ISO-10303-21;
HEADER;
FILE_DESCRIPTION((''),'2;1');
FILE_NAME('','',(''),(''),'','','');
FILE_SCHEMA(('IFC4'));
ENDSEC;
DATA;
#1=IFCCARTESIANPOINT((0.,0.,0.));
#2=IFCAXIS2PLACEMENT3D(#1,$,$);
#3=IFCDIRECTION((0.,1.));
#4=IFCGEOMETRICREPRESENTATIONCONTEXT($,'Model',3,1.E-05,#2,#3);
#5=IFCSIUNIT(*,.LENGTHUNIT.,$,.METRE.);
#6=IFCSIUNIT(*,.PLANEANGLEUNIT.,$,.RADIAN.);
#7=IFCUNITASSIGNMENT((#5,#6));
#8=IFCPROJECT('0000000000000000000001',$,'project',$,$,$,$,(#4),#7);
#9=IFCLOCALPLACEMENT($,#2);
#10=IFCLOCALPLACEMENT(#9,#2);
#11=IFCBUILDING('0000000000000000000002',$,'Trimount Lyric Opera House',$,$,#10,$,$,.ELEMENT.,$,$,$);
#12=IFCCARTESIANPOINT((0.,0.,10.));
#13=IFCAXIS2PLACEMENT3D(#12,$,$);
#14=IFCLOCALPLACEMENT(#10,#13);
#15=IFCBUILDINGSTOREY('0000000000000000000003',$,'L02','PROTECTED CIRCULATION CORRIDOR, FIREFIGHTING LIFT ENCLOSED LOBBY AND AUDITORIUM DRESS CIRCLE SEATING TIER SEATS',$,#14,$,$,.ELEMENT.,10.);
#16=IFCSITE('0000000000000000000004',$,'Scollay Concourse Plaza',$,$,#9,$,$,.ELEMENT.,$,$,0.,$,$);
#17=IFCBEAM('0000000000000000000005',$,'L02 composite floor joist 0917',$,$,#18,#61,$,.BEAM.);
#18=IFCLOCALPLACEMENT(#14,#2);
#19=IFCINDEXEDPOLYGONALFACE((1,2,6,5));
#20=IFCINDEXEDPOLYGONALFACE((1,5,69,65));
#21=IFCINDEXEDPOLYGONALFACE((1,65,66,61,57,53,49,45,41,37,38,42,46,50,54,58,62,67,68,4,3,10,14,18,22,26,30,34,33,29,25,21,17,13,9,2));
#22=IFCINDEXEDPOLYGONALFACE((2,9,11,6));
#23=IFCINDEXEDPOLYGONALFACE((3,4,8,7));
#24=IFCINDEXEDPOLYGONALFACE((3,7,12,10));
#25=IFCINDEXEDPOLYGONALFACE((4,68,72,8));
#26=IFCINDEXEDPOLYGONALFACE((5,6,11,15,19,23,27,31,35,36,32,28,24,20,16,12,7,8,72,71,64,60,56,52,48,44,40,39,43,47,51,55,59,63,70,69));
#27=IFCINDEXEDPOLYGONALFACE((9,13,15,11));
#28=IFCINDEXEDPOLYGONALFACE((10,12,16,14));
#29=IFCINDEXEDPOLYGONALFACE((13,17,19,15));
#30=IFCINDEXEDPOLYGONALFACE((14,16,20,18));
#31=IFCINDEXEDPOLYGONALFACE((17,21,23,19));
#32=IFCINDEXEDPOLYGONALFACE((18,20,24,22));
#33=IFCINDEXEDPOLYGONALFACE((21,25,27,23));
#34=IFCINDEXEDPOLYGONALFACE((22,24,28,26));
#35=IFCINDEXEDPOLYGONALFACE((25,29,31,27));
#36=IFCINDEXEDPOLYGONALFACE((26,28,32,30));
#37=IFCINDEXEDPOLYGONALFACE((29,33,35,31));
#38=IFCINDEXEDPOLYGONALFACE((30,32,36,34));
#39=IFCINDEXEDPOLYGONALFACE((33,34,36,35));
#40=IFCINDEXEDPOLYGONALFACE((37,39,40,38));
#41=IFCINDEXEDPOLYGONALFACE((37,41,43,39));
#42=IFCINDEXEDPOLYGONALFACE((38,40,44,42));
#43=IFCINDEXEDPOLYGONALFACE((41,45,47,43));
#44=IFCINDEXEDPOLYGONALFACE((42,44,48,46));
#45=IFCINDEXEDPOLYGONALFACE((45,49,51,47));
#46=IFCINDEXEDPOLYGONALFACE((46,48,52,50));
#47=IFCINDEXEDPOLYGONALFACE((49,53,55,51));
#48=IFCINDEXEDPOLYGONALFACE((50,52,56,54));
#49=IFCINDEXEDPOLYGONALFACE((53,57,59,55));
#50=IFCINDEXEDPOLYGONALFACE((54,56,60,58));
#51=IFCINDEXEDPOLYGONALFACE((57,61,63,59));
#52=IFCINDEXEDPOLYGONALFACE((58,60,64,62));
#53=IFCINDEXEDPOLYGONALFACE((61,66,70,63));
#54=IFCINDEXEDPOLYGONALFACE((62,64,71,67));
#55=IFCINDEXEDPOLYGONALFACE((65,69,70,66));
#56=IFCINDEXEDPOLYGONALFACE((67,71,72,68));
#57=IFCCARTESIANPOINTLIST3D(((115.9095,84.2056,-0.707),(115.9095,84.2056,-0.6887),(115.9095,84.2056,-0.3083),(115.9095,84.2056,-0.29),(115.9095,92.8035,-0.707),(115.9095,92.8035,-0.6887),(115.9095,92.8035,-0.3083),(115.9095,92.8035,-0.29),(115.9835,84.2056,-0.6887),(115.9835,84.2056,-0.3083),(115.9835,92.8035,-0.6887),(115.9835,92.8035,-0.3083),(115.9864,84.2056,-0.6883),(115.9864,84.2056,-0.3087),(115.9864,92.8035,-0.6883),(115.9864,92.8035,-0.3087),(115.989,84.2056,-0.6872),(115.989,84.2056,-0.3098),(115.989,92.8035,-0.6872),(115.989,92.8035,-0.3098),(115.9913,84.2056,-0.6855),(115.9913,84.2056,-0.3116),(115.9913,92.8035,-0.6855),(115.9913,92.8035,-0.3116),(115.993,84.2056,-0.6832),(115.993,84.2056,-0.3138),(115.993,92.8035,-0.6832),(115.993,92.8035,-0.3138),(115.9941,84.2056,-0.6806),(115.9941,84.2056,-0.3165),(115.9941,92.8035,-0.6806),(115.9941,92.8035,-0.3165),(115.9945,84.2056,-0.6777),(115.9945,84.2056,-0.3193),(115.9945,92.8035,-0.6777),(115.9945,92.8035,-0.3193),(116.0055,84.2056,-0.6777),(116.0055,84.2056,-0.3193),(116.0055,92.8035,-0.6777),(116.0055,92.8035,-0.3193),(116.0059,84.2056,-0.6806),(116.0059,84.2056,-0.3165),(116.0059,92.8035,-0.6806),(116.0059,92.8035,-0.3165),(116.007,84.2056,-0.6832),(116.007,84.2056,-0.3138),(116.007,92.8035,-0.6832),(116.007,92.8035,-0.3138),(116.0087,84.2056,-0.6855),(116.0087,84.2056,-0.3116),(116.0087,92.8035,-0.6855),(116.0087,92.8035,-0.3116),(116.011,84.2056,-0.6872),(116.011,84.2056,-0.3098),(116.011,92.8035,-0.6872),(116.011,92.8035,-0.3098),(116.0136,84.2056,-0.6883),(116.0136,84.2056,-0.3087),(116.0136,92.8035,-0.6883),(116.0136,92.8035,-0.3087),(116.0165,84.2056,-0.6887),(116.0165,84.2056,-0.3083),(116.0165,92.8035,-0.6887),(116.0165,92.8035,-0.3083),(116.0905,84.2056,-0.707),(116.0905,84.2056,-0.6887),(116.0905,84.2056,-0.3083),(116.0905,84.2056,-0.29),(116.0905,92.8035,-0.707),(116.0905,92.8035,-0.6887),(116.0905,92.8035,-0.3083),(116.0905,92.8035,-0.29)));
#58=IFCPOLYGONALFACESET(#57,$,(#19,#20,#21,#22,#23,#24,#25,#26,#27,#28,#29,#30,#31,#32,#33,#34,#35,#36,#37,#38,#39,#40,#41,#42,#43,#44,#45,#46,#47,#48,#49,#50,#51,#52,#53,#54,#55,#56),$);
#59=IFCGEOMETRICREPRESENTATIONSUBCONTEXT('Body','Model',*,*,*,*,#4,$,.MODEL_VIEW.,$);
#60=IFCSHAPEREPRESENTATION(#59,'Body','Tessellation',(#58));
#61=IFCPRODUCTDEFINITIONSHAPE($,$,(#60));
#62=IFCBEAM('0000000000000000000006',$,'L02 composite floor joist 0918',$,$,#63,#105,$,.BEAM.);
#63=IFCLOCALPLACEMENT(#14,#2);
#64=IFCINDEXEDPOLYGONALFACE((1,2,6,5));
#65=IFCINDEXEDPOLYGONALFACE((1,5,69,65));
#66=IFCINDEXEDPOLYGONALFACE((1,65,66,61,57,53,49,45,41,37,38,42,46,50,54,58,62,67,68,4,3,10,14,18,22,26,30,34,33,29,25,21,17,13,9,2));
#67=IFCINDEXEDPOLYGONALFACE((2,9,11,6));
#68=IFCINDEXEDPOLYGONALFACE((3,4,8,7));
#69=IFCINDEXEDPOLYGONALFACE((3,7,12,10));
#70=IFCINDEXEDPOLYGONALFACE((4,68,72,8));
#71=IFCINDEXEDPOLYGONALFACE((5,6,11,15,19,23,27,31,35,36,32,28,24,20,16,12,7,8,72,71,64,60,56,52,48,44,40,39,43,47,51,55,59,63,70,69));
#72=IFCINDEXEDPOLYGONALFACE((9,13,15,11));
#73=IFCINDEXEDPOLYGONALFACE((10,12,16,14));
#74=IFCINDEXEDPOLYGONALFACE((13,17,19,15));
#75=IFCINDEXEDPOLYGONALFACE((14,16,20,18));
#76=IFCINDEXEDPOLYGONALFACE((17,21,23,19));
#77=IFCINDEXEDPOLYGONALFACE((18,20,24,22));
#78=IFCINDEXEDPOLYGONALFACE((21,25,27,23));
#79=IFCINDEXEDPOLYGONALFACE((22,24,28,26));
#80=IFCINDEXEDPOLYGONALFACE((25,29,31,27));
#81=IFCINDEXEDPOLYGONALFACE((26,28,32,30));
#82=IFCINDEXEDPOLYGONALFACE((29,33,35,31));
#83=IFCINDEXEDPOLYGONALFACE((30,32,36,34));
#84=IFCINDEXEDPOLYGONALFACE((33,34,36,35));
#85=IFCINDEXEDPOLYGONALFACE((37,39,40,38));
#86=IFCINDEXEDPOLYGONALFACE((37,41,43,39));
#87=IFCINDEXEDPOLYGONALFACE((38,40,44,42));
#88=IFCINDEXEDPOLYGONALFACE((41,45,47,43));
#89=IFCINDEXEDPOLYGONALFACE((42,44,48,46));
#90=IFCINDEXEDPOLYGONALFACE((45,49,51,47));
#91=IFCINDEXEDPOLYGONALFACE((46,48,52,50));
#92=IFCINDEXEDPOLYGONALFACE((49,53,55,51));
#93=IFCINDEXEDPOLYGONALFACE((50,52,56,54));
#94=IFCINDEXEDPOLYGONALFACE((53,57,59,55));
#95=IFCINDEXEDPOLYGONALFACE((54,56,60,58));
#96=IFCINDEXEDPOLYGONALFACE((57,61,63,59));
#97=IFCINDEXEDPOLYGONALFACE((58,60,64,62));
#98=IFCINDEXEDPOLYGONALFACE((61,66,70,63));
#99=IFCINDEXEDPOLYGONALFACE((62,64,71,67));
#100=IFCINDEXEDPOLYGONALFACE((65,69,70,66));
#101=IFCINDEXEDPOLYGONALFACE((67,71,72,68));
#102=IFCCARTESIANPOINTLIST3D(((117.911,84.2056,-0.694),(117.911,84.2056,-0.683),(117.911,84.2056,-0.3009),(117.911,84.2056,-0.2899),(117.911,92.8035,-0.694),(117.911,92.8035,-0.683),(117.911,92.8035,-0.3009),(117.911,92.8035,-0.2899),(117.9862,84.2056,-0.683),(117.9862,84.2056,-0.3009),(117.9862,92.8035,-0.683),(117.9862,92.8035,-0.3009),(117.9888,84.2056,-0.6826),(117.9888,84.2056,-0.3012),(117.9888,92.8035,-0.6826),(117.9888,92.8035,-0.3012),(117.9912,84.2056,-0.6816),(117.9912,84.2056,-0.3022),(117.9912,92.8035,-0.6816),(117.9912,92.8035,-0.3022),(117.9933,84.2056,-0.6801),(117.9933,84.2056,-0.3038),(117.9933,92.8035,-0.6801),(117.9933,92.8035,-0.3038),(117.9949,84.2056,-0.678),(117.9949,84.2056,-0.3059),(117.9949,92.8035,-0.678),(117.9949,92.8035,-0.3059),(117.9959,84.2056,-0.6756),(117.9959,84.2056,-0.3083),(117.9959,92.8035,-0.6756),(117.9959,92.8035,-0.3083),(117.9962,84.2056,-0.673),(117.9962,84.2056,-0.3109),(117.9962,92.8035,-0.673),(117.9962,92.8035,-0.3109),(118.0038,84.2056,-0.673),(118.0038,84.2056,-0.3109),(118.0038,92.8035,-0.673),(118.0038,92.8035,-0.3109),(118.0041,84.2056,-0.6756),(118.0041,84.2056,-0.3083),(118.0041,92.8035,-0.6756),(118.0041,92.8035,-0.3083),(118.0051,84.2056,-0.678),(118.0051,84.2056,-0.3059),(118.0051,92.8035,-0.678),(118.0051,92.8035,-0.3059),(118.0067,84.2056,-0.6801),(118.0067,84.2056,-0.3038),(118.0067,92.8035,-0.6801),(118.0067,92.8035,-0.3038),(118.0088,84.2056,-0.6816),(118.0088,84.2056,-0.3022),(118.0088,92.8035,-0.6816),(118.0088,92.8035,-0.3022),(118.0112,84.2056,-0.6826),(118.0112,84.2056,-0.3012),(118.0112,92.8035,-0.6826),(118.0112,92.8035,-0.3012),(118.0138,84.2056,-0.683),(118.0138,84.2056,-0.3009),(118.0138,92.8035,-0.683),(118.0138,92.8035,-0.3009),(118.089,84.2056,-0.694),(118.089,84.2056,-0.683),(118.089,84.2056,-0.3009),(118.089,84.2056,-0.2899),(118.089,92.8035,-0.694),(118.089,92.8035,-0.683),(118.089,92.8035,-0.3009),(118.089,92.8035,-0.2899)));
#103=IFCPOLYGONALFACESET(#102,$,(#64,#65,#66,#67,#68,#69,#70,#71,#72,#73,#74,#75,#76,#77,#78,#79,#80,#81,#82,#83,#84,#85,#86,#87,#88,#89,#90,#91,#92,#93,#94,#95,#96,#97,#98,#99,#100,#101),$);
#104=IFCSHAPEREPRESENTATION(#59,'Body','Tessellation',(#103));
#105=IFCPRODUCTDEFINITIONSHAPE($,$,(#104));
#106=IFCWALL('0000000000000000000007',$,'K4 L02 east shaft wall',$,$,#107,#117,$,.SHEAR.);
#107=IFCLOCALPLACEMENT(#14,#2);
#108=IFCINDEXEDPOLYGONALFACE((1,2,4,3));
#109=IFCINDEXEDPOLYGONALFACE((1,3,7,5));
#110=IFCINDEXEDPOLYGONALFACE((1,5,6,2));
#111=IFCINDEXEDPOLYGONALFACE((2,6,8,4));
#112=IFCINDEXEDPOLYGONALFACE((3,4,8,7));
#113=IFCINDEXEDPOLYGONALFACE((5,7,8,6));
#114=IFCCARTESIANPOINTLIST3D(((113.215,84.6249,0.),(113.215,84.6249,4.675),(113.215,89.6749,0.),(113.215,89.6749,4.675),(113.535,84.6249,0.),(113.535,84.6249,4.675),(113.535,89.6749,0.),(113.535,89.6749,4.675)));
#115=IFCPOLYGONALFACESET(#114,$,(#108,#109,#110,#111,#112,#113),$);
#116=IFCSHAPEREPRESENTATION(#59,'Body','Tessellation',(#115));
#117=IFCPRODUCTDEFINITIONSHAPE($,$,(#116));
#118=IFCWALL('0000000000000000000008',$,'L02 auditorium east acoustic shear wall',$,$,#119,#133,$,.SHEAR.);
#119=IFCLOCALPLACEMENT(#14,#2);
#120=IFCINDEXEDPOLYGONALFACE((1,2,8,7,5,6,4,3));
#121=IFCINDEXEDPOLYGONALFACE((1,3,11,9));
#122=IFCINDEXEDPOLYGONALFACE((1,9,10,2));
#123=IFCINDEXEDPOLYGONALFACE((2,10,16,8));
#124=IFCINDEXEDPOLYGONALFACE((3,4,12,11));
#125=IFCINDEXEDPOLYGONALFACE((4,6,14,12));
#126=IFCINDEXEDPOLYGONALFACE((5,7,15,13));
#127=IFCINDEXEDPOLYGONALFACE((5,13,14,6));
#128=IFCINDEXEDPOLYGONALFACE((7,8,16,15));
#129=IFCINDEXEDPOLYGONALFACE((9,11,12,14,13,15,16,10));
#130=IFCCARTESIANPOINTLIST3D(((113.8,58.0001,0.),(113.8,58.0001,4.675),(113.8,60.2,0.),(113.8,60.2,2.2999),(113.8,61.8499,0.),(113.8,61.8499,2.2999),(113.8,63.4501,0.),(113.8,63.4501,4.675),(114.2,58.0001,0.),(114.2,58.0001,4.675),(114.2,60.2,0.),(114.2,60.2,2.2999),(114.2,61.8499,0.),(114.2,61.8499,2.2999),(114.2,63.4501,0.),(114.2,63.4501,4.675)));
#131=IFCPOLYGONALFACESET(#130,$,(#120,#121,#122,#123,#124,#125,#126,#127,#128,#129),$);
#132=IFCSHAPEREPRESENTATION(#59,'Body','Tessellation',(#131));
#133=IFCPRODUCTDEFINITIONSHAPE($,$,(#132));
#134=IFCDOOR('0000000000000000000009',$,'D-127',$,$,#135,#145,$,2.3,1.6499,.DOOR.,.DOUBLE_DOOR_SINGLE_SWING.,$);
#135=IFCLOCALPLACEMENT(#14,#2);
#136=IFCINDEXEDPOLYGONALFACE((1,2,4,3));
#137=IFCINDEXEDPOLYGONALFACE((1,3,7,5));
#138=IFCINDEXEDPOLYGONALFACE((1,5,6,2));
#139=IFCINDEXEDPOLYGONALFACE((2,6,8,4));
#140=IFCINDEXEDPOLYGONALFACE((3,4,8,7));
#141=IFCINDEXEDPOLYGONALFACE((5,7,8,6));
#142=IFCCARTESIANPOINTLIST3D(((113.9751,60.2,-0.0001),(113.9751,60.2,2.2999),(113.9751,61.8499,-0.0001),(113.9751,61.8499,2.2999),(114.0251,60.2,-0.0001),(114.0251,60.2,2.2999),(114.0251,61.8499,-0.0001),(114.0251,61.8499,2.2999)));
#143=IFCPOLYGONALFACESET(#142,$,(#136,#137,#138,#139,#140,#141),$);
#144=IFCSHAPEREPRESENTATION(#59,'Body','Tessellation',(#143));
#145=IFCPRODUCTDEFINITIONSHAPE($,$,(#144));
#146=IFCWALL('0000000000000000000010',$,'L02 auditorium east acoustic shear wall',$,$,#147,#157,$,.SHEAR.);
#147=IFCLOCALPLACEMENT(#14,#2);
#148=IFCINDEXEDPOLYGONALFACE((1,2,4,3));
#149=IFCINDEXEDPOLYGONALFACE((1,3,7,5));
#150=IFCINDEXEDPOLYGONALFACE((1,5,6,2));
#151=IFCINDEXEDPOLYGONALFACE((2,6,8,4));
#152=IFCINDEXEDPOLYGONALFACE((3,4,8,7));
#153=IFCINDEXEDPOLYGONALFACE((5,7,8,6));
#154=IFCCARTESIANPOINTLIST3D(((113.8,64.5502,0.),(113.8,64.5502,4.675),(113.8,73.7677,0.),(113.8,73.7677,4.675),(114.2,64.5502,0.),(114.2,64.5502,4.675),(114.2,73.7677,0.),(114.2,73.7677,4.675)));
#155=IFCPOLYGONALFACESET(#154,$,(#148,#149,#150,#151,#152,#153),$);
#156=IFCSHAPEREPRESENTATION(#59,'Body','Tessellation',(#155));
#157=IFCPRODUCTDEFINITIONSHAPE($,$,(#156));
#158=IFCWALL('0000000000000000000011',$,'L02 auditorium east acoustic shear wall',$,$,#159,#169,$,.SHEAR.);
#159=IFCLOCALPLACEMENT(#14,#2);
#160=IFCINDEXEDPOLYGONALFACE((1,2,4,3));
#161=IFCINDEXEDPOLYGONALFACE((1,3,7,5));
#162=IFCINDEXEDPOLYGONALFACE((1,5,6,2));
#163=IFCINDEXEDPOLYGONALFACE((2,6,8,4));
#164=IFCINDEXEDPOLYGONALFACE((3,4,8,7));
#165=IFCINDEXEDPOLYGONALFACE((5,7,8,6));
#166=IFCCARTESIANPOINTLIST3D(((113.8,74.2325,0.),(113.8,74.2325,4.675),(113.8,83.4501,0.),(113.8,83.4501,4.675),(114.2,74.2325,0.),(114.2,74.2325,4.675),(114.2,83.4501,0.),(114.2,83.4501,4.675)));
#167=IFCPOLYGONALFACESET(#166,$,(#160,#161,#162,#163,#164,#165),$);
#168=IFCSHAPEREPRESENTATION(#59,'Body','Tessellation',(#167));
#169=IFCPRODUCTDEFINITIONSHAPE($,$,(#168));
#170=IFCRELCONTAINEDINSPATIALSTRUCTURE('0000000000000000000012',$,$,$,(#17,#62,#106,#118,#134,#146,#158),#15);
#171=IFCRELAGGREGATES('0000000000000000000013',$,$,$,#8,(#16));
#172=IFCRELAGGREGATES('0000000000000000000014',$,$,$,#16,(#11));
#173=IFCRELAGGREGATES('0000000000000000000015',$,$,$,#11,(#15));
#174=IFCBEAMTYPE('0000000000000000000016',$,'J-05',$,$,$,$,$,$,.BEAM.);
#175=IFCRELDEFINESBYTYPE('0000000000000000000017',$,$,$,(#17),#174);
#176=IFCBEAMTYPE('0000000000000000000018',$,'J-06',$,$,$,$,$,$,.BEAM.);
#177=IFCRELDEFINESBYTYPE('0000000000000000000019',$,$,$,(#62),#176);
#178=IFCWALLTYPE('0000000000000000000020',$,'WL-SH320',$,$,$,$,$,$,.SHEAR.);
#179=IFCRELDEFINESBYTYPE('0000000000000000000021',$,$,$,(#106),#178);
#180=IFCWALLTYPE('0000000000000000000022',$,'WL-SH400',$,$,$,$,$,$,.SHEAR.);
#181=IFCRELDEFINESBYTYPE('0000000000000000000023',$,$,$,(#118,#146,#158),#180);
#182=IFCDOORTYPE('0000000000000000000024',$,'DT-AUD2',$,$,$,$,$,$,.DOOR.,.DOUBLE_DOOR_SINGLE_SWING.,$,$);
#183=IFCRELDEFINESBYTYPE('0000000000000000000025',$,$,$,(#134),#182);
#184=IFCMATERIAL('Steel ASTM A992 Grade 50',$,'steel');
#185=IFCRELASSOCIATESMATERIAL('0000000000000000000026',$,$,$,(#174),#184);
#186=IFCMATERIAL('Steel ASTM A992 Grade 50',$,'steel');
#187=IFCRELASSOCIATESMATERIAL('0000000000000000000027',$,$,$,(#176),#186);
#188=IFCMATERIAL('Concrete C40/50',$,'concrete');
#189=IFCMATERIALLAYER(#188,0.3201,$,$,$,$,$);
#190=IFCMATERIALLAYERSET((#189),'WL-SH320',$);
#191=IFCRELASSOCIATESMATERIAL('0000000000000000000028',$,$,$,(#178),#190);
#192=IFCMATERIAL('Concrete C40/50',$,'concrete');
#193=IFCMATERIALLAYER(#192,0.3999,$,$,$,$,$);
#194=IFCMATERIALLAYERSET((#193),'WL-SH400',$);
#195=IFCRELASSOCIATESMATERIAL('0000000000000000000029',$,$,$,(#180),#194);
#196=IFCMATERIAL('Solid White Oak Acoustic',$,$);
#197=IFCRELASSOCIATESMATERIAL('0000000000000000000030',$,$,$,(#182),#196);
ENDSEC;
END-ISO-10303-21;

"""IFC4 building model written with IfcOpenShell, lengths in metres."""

from ifc_helpers import new_model, si_unit, direction, frame, frame_2d, origin, origin_2d, place, context, subcontext, project, spatial, rectangle, i_section, extrude, material, layer, layer_set, material_profile, profile_set, type_object, element, fill, save


model = new_model("IFC4")

# Units and contexts
model_context = context("Model", 3, precision=1e-05, world=origin(), true_north=direction((0.0, 1.0)))
body_context = subcontext(model_context, "Body", "Model", "MODEL_VIEW")
ifc_project = project(units=[si_unit("LENGTHUNIT", "METRE"), si_unit("PLANEANGLEUNIT", "RADIAN")], contexts=[model_context])

# Site, building, storey
site_placement = place(None, origin())
site = spatial("IfcSite", under=ifc_project, at=site_placement, Name="Scollay Concourse Plaza", CompositionType="ELEMENT", RefElevation=0.0)
building_placement = place(site_placement, origin())
building = spatial("IfcBuilding", under=site, at=building_placement, Name="Trimount Lyric Opera House", CompositionType="ELEMENT")
storey_placement = place(building_placement, frame((0.0, 0.0, 10.0)))
storey = spatial("IfcBuildingStorey", under=building, at=storey_placement, Name="L02", Description="PROTECTED CIRCULATION CORRIDOR, FIREFIGHTING LIFT ENCLOSED LOBBY AND AUDITORIUM DRESS CIRCLE SEATING TIER SEATS", CompositionType="ELEMENT", Elevation=10.0)

# Beams
ifc_material_1 = material(Name="Steel ASTM A992 Grade 50", Category="steel")
ifc_material_profile_1 = material_profile(ifc_material_1, i_section(OverallWidth=0.1809, OverallDepth=0.417, WebThickness=0.011, FlangeThickness=0.0183, FilletRadius=0.011, at=origin_2d()), Name="W16X57")
ifc_profile_set_1 = profile_set([ifc_material_profile_1], Name="Steel ASTM A992 Grade 50")
beam_type_1 = type_object("IfcBeamType", Name="J-05", PredefinedType="BEAM", material=ifc_profile_set_1)
beam_1_placement = place(storey_placement, frame((116.0, 84.2056, -0.4985), z_axis=(0.0, 1.0, 0.0), x_axis=(-1.0, 0.0, 0.0)))
element("IfcBeam", 1, at=beam_1_placement, inside=storey, type_object=beam_type_1, Name="L02 composite floor joist 0917", PredefinedType="BEAM", context=body_context, shape_type="SweptSolid", body=[
    extrude(i_section(OverallWidth=0.1809, OverallDepth=0.417, WebThickness=0.011, FlangeThickness=0.0183, FilletRadius=0.011, at=origin_2d()), origin(), (0.0, 0.0, 1.0), 8.5979),
])
ifc_material_2 = material(Name="Steel ASTM A992 Grade 50", Category="steel")
ifc_material_profile_2 = material_profile(ifc_material_2, i_section(OverallWidth=0.178, OverallDepth=0.4041, WebThickness=0.0076, FlangeThickness=0.011, FilletRadius=0.01, at=origin_2d()), Name="W16X36")
ifc_profile_set_2 = profile_set([ifc_material_profile_2], Name="Steel ASTM A992 Grade 50")
beam_type_2 = type_object("IfcBeamType", Name="J-06", PredefinedType="BEAM", material=ifc_profile_set_2)
beam_2_placement = place(storey_placement, frame((118.0, 84.2056, -0.4919), z_axis=(0.0, 1.0, 0.0), x_axis=(-1.0, 0.0, 0.0)))
element("IfcBeam", 2, at=beam_2_placement, inside=storey, type_object=beam_type_2, Name="L02 composite floor joist 0918", PredefinedType="BEAM", context=body_context, shape_type="SweptSolid", body=[
    extrude(i_section(OverallWidth=0.178, OverallDepth=0.4041, WebThickness=0.0076, FlangeThickness=0.011, FilletRadius=0.01, at=origin_2d()), origin(), (0.0, 0.0, 1.0), 8.5979),
])

# Wall
ifc_material_3 = material(Name="Concrete C40/50", Category="concrete")
ifc_layer_1 = layer(ifc_material_3, 0.3201)
ifc_layer_set_1 = layer_set([ifc_layer_1], Name="WL-SH320")
wall_type_1 = type_object("IfcWallType", Name="WL-SH320", PredefinedType="SHEAR", material=ifc_layer_set_1)
wall_1_placement = place(storey_placement, frame((113.375, 84.625, 0.0), z_axis=(0.0, 0.0, 1.0), x_axis=(0.0, 1.0, 0.0)))
element("IfcWall", 3, at=wall_1_placement, inside=storey, type_object=wall_type_1, Name="K4 L02 east shaft wall", PredefinedType="SHEAR", context=body_context, shape_type="SweptSolid", body=[
    extrude(rectangle(XDim=5.05, YDim=0.3201, at=frame_2d((2.5249, 0.0))), origin(), (0.0, 0.0, 1.0), 4.675),
])

# Wall, opening, door
ifc_material_4 = material(Name="Concrete C40/50", Category="concrete")
ifc_layer_2 = layer(ifc_material_4, 0.3999)
ifc_layer_set_2 = layer_set([ifc_layer_2], Name="WL-SH400")
wall_type_2 = type_object("IfcWallType", Name="WL-SH400", PredefinedType="SHEAR", material=ifc_layer_set_2)
wall_2_placement = place(storey_placement, frame((114.0, 58.0, 0.0), z_axis=(0.0, 0.0, 1.0), x_axis=(0.0, 1.0, 0.0)))
wall_2 = element("IfcWall", 4, at=wall_2_placement, inside=storey, type_object=wall_type_2, Name="L02 auditorium east acoustic shear wall", PredefinedType="SHEAR", context=body_context, shape_type="SweptSolid", body=[
    extrude(rectangle(XDim=5.45, YDim=0.3999, at=frame_2d((2.7251, 0.0))), origin(), (0.0, 0.0, 1.0), 4.675),
])
opening_placement = place(wall_2_placement, frame((2.2, 0.0, 0.0)))
opening = element("IfcOpeningElement", 5, at=opening_placement, cuts=wall_2, PredefinedType="OPENING", context=body_context, shape_type="SweptSolid", body=[
    extrude(rectangle(XDim=1.6499, YDim=2.3, at=frame_2d((0.825, 1.1499))), frame((0.0, 0.21, 0.0), z_axis=(0.0, -1.0, 0.0), x_axis=(1.0, 0.0, 0.0)), (0.0, 0.0, 1.0), 0.4199),
])
ifc_material_5 = material(Name="Solid White Oak Acoustic")
door_type = type_object("IfcDoorType", Name="DT-AUD2", OperationType="DOUBLE_DOOR_SINGLE_SWING", PredefinedType="DOOR", material=ifc_material_5)
door_placement = place(opening_placement, origin())
door = element("IfcDoor", 6, at=door_placement, inside=storey, type_object=door_type, Name="D-127", OperationType="DOUBLE_DOOR_SINGLE_SWING", OverallHeight=2.3, OverallWidth=1.6499, PredefinedType="DOOR", context=body_context, shape_type="SweptSolid", body=[
    extrude(rectangle(XDim=1.6499, YDim=2.3, at=frame_2d((0.825, 1.1499))), frame((0.0, 0.0249, 0.0), z_axis=(0.0, -1.0, 0.0), x_axis=(1.0, 0.0, 0.0)), (0.0, 0.0, 1.0), 0.05),
])
fill(opening, door)

# Walls
for number, where, z_axis, x_axis, name in (
    (7, (114.0, 64.55, 0.0), (0.0, 0.0, 1.0), (0.0, 1.0, 0.0), "L02 auditorium east acoustic shear wall"),
    (8, (114.0, 74.2324, 0.0), (0.0, 0.0, 1.0), (0.0, 1.0, 0.0), "L02 auditorium east acoustic shear wall"),
):
    element("IfcWall", number, at=place(storey_placement, frame(where, z_axis=z_axis, x_axis=x_axis)), inside=storey, type_object=wall_type_2, Name=name, PredefinedType="SHEAR", context=body_context, shape_type="SweptSolid", body=[
        extrude(rectangle(XDim=9.2175, YDim=0.3999, at=frame_2d((4.6089, 0.0))), origin(), (0.0, 0.0, 1.0), 4.675),
    ])

save(model, "model.ifc")
